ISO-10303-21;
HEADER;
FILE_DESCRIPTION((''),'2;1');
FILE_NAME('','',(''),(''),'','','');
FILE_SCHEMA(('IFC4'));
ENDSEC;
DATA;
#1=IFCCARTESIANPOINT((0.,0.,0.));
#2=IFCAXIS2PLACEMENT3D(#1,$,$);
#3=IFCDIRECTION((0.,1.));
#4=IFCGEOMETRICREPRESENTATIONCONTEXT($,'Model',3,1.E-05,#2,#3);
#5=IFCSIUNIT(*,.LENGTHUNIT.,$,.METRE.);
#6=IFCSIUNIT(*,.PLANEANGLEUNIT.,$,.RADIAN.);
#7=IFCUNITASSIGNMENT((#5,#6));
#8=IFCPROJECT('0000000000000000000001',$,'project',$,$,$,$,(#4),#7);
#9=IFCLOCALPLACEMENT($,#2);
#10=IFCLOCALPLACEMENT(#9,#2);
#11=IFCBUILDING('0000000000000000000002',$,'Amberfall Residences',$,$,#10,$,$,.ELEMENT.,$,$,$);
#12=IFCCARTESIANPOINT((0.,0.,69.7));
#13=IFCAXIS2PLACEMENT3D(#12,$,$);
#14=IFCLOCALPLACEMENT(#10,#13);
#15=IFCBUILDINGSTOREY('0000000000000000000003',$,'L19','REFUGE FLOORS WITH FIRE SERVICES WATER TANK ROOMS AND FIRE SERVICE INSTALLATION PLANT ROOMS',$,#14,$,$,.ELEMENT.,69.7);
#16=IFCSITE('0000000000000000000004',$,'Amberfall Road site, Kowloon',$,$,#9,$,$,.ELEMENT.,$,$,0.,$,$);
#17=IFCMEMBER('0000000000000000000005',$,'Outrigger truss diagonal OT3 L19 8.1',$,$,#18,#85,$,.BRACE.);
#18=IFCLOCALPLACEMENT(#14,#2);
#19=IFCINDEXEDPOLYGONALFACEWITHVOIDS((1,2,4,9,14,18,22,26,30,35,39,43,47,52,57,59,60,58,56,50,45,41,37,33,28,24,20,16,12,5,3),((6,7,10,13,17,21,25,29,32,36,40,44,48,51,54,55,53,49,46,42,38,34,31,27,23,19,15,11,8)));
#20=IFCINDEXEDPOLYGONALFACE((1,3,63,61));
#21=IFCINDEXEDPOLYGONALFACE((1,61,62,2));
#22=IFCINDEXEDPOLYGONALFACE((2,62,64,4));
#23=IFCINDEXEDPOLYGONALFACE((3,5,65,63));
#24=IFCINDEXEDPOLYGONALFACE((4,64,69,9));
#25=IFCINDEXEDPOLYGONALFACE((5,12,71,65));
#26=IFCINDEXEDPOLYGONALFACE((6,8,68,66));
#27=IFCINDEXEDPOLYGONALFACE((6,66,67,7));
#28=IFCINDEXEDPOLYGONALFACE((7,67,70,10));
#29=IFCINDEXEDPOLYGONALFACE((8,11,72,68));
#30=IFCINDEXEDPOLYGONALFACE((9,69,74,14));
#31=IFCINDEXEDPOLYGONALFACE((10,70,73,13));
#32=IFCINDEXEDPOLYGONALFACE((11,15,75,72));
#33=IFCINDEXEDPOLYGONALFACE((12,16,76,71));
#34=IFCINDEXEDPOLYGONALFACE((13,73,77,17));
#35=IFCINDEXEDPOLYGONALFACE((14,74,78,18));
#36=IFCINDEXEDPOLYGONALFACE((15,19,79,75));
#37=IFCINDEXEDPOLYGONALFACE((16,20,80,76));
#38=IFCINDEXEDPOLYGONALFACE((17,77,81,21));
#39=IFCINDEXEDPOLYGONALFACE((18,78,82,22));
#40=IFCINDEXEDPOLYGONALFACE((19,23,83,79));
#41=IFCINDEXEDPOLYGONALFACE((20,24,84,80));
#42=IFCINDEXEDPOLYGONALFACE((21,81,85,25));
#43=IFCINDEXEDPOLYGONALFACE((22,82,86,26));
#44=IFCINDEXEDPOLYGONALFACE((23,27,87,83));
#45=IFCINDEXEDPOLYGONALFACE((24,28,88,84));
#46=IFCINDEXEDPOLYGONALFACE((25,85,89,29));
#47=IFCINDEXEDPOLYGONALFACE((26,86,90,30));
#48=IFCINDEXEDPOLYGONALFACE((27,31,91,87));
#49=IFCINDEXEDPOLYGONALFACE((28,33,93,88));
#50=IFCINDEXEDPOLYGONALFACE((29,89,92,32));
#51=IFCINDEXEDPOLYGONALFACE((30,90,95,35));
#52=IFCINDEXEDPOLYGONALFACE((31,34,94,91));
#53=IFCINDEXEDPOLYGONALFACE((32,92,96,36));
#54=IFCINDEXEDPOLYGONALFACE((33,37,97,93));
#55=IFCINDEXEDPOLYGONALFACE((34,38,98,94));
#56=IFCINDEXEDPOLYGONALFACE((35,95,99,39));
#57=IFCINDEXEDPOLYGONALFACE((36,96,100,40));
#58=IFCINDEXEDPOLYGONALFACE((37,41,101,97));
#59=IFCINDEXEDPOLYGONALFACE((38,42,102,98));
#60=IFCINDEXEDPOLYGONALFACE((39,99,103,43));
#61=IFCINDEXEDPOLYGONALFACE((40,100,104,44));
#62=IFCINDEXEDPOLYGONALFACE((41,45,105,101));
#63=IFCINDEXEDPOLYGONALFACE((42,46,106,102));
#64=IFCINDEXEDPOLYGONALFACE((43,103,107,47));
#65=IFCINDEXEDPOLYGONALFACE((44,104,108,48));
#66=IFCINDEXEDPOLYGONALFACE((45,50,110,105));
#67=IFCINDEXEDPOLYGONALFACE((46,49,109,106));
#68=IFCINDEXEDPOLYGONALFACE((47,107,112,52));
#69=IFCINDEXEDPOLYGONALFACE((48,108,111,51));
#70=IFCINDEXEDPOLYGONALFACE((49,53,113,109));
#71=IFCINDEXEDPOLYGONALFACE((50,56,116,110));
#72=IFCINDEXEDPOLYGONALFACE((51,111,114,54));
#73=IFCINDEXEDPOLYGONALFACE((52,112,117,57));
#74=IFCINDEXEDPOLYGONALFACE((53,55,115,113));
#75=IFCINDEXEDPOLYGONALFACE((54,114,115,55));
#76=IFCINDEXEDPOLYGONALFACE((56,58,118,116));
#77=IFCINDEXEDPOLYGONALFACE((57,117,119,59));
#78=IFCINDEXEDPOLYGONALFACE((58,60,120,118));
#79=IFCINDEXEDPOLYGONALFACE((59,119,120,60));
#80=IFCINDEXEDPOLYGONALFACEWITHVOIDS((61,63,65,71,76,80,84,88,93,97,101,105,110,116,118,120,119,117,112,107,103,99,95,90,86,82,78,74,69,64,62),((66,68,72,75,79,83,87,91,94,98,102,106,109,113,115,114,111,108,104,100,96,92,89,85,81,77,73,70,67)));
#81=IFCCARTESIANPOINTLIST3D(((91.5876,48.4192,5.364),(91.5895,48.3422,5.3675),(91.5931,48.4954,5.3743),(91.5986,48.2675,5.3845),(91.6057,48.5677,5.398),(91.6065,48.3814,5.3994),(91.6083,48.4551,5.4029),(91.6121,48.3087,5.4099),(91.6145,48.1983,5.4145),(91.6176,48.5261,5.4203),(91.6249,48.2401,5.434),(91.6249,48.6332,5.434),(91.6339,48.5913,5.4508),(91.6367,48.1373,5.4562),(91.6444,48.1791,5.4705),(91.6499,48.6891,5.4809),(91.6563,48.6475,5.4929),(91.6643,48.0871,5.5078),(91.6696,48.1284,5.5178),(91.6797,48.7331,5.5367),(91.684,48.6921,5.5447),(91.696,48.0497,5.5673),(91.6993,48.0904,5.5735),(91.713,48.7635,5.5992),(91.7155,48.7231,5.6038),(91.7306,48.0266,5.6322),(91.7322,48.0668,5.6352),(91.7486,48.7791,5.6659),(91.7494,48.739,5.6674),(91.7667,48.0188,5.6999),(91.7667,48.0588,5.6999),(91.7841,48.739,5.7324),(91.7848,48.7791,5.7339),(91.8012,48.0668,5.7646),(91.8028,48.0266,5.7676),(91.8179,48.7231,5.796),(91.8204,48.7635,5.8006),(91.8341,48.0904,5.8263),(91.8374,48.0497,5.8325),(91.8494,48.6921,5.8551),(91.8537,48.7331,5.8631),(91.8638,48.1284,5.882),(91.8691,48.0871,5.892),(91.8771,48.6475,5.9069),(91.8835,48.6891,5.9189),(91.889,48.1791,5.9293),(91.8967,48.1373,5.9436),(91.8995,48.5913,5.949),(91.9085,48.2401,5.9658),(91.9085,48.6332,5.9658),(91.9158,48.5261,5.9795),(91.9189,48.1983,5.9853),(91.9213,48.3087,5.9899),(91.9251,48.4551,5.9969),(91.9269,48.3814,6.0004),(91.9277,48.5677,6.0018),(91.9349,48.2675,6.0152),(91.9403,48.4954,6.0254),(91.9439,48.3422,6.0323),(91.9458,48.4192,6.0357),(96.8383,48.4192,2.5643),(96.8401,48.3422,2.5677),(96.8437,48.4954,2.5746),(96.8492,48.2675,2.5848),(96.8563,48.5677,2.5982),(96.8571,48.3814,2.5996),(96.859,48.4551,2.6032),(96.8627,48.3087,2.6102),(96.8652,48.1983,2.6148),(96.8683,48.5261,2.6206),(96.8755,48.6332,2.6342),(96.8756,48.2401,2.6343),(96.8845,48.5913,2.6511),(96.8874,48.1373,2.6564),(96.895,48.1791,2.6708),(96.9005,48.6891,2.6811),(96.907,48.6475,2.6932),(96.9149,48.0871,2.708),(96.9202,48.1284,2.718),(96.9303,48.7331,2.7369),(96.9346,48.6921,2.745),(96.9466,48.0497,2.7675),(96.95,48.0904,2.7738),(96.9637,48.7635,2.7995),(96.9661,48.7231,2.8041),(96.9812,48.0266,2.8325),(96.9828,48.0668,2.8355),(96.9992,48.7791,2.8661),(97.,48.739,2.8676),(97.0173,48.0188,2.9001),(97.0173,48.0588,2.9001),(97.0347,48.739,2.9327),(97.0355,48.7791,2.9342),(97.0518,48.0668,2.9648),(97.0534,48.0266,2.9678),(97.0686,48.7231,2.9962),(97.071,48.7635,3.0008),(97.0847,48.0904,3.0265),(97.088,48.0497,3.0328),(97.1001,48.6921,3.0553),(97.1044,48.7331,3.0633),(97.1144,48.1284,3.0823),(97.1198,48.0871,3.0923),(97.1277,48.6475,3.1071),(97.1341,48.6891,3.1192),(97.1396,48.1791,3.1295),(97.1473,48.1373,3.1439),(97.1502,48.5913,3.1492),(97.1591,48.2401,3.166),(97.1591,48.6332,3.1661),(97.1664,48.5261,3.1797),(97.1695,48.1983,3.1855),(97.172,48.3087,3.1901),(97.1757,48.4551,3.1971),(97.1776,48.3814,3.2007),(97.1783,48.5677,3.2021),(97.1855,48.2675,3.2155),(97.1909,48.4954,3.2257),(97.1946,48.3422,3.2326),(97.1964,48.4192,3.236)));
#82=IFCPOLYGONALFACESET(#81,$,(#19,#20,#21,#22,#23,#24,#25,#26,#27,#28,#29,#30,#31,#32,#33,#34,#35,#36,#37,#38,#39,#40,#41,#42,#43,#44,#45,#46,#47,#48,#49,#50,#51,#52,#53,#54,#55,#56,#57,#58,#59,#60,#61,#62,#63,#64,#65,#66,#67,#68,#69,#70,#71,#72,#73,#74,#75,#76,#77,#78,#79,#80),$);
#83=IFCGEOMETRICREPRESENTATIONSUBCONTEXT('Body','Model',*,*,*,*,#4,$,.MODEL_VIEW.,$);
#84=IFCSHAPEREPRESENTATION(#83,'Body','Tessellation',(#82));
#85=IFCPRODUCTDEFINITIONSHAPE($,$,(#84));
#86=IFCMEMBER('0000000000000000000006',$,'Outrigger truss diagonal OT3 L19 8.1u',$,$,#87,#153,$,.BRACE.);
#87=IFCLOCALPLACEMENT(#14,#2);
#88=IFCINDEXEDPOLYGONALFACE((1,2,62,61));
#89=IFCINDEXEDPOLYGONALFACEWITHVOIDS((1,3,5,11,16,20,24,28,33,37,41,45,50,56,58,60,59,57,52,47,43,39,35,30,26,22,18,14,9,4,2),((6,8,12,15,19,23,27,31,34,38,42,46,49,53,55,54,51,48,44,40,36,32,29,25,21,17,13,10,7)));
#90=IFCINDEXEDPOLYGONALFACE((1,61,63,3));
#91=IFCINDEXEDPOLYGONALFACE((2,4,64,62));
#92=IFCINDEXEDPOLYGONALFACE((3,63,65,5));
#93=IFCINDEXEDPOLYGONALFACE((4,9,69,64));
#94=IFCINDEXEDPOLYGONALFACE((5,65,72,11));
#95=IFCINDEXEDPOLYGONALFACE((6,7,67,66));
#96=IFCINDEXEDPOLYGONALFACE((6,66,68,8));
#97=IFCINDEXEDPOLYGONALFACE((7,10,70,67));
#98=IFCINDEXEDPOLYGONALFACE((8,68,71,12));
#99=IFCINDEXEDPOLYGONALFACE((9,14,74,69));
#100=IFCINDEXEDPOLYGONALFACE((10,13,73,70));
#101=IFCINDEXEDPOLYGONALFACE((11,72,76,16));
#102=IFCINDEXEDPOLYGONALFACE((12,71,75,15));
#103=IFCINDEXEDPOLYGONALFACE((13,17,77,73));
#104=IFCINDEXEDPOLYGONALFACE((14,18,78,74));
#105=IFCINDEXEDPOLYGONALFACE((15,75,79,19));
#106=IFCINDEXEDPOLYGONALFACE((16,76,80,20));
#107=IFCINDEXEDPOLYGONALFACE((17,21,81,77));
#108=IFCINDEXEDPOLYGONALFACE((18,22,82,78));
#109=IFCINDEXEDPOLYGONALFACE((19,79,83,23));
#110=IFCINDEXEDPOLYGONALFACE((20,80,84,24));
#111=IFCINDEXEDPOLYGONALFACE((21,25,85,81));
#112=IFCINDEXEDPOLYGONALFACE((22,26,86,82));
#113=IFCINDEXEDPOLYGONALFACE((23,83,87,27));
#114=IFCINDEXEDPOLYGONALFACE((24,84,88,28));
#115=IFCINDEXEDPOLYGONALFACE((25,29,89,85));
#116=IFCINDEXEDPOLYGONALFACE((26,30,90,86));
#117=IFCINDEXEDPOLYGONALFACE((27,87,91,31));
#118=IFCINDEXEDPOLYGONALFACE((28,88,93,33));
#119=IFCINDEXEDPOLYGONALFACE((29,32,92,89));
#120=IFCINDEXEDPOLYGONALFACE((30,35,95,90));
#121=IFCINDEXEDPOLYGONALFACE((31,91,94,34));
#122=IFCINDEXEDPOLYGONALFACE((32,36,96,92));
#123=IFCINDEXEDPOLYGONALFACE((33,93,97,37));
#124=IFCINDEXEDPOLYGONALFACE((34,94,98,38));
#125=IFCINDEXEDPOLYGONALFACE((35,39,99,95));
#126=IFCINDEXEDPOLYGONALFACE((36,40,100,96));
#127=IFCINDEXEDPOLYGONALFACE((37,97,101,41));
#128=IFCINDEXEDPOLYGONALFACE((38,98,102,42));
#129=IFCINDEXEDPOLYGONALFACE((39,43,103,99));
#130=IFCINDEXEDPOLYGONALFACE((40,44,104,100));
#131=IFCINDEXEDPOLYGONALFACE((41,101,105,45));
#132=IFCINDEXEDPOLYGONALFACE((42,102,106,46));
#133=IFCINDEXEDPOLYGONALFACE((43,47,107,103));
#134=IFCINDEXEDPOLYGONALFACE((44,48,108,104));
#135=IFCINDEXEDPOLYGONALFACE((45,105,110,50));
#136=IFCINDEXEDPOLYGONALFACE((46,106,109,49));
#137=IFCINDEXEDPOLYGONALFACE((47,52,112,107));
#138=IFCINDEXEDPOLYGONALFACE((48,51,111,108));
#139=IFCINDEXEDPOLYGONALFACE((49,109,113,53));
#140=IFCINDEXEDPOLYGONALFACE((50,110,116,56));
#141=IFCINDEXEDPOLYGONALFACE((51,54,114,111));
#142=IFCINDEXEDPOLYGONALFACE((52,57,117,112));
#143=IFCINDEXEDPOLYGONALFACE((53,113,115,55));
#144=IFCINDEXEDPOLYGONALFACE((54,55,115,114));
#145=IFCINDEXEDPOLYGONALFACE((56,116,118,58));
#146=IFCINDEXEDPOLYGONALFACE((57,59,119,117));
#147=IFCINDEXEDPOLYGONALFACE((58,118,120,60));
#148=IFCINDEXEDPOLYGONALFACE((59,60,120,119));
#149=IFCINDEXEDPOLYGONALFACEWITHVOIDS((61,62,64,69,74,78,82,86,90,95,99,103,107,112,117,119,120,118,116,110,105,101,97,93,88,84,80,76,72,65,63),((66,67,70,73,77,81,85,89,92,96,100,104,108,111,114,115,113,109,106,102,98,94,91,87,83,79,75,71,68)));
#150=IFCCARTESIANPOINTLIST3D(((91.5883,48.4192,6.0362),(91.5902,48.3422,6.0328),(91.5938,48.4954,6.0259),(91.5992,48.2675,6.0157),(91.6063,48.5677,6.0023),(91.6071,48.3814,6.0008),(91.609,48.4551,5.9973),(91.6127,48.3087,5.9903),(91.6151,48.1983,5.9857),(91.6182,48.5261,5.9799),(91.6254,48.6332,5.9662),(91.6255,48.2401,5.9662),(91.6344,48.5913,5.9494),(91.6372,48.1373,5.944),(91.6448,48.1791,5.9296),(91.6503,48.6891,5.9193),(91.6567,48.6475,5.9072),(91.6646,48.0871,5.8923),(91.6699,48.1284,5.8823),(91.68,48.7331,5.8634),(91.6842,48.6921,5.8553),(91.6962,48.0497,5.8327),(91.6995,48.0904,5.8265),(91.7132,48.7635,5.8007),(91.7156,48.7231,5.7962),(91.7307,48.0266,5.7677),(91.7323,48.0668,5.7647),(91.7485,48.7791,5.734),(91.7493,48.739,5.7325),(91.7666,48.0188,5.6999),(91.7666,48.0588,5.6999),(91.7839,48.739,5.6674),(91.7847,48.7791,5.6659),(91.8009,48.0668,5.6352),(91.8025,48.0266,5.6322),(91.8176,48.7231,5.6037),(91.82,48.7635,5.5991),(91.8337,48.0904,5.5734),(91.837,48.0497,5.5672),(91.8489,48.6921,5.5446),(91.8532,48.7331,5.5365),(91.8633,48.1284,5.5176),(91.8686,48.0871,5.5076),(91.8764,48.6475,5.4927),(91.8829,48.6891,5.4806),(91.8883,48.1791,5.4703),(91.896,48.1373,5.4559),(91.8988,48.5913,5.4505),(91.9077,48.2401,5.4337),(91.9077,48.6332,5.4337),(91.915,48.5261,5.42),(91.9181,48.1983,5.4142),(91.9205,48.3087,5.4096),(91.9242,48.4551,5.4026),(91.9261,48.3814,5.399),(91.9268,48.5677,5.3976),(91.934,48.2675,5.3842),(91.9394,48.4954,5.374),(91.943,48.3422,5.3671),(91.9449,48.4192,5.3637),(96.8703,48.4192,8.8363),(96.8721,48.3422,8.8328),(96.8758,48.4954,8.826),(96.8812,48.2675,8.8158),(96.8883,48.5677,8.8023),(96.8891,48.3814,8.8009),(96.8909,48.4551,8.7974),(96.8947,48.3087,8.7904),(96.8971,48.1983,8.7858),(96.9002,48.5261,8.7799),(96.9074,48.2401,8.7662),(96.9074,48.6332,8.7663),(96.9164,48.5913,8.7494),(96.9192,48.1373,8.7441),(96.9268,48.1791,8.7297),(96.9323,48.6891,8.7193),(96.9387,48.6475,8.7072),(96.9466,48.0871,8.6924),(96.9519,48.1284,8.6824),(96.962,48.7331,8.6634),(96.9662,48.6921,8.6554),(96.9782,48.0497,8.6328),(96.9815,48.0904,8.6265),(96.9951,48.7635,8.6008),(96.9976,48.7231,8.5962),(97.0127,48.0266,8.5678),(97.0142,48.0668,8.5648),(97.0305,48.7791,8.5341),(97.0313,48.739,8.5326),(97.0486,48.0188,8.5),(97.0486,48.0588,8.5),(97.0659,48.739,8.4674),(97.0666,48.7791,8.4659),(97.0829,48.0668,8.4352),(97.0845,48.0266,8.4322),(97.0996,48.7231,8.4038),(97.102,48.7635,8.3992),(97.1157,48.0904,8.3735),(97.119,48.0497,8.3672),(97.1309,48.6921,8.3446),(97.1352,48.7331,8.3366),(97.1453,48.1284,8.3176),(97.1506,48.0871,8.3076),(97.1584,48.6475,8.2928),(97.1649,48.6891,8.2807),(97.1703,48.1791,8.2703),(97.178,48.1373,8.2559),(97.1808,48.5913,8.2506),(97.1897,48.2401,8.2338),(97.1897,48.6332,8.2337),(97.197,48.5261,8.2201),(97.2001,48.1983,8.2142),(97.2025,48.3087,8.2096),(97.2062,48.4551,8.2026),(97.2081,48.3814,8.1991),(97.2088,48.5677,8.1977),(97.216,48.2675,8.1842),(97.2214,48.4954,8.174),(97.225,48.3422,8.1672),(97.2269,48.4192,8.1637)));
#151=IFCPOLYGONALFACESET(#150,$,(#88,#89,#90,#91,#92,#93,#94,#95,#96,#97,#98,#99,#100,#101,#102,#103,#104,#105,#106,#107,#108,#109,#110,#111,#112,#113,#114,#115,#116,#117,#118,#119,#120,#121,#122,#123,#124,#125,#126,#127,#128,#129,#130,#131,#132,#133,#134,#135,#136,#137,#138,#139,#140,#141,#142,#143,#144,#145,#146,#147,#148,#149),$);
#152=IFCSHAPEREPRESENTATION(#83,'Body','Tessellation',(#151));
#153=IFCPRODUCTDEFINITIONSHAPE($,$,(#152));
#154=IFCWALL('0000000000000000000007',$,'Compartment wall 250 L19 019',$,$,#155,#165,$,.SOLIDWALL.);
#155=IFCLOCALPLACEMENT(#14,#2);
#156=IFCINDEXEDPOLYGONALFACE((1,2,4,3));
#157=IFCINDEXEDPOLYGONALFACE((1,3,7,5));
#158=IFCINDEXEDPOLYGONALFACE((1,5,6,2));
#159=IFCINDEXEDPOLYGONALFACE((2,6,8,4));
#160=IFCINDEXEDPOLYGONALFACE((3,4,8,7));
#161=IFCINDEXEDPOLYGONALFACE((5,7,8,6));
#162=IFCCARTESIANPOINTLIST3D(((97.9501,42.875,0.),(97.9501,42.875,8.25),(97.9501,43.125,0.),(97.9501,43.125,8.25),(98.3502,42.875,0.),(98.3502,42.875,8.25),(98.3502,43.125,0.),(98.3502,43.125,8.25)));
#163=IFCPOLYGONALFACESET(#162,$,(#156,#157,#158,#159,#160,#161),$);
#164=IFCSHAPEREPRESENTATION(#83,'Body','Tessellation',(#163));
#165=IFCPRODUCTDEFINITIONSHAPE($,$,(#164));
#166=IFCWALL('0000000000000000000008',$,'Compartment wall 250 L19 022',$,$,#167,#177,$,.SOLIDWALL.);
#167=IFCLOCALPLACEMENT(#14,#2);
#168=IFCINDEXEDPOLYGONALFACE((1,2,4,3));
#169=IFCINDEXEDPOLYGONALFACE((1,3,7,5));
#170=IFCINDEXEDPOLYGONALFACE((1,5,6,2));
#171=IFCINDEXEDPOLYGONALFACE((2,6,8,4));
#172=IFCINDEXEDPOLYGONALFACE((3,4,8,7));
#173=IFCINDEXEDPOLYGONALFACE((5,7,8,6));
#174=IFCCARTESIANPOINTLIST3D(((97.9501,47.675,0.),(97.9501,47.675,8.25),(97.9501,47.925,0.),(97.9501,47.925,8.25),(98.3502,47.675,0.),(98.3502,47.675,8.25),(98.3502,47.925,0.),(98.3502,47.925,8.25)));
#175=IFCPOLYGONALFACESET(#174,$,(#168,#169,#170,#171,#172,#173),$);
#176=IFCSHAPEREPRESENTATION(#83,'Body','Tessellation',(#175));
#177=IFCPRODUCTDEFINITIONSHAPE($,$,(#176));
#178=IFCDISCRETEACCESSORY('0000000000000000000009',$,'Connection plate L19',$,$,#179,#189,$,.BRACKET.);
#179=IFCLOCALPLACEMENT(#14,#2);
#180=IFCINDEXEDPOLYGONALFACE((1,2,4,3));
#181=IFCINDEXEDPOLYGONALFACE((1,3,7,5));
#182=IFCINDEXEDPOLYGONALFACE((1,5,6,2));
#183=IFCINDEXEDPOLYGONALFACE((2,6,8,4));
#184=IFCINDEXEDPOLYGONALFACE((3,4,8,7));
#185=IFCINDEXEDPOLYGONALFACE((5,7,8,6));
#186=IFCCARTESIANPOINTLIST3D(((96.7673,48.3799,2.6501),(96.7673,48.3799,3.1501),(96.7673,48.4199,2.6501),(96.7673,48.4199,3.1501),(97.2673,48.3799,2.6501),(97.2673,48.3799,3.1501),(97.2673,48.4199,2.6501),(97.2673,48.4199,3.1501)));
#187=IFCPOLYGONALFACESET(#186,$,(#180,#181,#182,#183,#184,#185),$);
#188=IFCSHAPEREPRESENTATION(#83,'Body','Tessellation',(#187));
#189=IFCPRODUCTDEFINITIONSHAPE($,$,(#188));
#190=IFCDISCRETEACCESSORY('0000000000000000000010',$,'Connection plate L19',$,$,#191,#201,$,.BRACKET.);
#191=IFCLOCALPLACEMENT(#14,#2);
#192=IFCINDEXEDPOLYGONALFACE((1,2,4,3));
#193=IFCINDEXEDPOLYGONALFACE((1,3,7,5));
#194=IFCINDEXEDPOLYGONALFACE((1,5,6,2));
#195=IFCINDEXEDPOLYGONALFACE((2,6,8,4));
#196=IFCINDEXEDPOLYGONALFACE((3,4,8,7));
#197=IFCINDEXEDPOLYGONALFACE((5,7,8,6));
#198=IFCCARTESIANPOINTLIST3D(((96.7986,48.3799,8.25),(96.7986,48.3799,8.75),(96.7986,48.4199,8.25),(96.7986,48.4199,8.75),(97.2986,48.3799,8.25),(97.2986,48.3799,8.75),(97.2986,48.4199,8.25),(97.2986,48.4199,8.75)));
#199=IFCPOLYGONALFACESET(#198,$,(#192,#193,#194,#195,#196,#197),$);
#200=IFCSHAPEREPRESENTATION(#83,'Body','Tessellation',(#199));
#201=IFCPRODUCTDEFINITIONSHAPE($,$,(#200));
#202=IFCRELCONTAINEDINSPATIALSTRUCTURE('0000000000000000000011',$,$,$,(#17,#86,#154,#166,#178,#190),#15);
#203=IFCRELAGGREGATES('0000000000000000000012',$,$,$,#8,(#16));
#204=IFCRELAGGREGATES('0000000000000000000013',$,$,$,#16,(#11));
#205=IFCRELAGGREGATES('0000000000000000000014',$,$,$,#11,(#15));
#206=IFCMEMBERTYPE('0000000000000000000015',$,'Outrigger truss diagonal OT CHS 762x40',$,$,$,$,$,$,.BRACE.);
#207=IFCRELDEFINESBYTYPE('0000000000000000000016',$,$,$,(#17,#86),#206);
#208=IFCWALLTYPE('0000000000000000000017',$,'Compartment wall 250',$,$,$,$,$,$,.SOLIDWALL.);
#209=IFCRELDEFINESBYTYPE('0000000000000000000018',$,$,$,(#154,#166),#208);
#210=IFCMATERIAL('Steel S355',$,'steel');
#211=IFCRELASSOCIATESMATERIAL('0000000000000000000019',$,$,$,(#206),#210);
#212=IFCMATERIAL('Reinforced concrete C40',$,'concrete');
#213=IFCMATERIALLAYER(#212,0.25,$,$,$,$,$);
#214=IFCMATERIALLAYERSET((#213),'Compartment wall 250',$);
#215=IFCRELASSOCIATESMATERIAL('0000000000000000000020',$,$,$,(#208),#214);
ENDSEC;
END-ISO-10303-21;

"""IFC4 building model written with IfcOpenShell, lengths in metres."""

from ifc_helpers import new_model, si_unit, direction, frame, frame_2d, origin, origin_2d, place, context, subcontext, project, spatial, rectangle, hollow_circle, extrude, material, layer, layer_set, material_profile, profile_set, type_object, element, save


model = new_model("IFC4")

# Units and contexts
model_context = context("Model", 3, precision=1e-05, world=origin(), true_north=direction((0.0, 1.0)))
body_context = subcontext(model_context, "Body", "Model", "MODEL_VIEW")
ifc_project = project(units=[si_unit("LENGTHUNIT", "METRE"), si_unit("PLANEANGLEUNIT", "RADIAN")], contexts=[model_context])

# Site, building, storey
site_placement = place(None, origin())
site = spatial("IfcSite", under=ifc_project, at=site_placement, Name="Amberfall Road site, Kowloon", CompositionType="ELEMENT", RefElevation=0.0)
building_placement = place(site_placement, origin())
building = spatial("IfcBuilding", under=site, at=building_placement, Name="Amberfall Residences", CompositionType="ELEMENT")
storey_placement = place(building_placement, frame((0.0, 0.0, 69.7)))
storey = spatial("IfcBuildingStorey", under=building, at=storey_placement, Name="L19", Description="REFUGE FLOORS WITH FIRE SERVICES WATER TANK ROOMS AND FIRE SERVICE INSTALLATION PLANT ROOMS", CompositionType="ELEMENT", Elevation=69.7)

# Shared definitions
ifc_material_1 = material(Name="Steel S355", Category="steel")

# Members
ifc_material_profile_1 = material_profile(ifc_material_1, hollow_circle(Radius=0.3811, WallThickness=0.04, at=origin_2d()), Name="CHS 762x40")
ifc_profile_set_1 = profile_set([ifc_material_profile_1], Name="Steel S355")
member_type_1 = type_object("IfcMemberType", Name="Outrigger truss diagonal OT CHS 762x40", PredefinedType="BRACE", material=ifc_profile_set_1)
member_1_placement = place(storey_placement, frame((97.0173, 48.3999, 2.9001), z_axis=(-0.882394, 0.0, 0.470512), x_axis=(0.0, -1.0, 0.0)))
element("IfcMember", 1, at=member_1_placement, inside=storey, type_object=member_type_1, Name="Outrigger truss diagonal OT3 L19 8.1", PredefinedType="BRACE", context=body_context, shape_type="SweptSolid", body=[
    extrude(hollow_circle(Radius=0.3811, WallThickness=0.04, at=origin_2d()), origin(), (0.0, 0.0, 1.0), 5.9504),
])
member_2_placement = place(storey_placement, frame((97.0486, 48.3999, 8.5), z_axis=(-0.883531, 0.0, -0.468372), x_axis=(0.0, -1.0, 0.0)))
element("IfcMember", 2, at=member_2_placement, inside=storey, type_object=member_type_1, Name="Outrigger truss diagonal OT3 L19 8.1u", PredefinedType="BRACE", context=body_context, shape_type="SweptSolid", body=[
    extrude(hollow_circle(Radius=0.3811, WallThickness=0.04, at=origin_2d()), origin(), (0.0, 0.0, 1.0), 5.9783),
])

# Walls
ifc_material_2 = material(Name="Reinforced concrete C40", Category="concrete")
ifc_layer = layer(ifc_material_2, 0.25)
ifc_layer_set = layer_set([ifc_layer], Name="Compartment wall 250")
wall_type = type_object("IfcWallType", Name="Compartment wall 250", PredefinedType="SOLIDWALL", material=ifc_layer_set)
for number, where, z_axis, x_axis, name in (
    (3, (97.95, 43.0, 0.0), (0.0, 0.0, 1.0), (1.0, 0.0, 0.0), "Compartment wall 250 L19 019"),
    (4, (97.95, 47.8, 0.0), (0.0, 0.0, 1.0), (1.0, 0.0, 0.0), "Compartment wall 250 L19 022"),
):
    element("IfcWall", number, at=place(storey_placement, frame(where, z_axis=z_axis, x_axis=x_axis)), inside=storey, type_object=wall_type, Name=name, PredefinedType="SOLIDWALL", context=body_context, shape_type="SweptSolid", body=[
        extrude(rectangle(XDim=0.4001, YDim=0.25, at=frame_2d((0.2002, 0.0))), origin(), (0.0, 0.0, 1.0), 8.25),
    ])

# Discrete accessories
for number, where, z_axis, x_axis, name in (
    (5, (97.0173, 48.3999, 2.6501), (0.0, 0.0, 1.0), (1.0, 0.0, 0.0), "Connection plate L19"),
    (6, (97.0486, 48.3999, 8.25), (0.0, 0.0, 1.0), (1.0, 0.0, 0.0), "Connection plate L19"),
):
    element("IfcDiscreteAccessory", number, at=place(storey_placement, frame(where, z_axis=z_axis, x_axis=x_axis)), inside=storey, Name=name, PredefinedType="BRACKET", context=body_context, shape_type="SweptSolid", body=[
        extrude(rectangle(XDim=0.5, YDim=0.04, at=origin_2d()), origin(), (0.0, 0.0, 1.0), 0.5),
    ])

save(model, "model.ifc")
